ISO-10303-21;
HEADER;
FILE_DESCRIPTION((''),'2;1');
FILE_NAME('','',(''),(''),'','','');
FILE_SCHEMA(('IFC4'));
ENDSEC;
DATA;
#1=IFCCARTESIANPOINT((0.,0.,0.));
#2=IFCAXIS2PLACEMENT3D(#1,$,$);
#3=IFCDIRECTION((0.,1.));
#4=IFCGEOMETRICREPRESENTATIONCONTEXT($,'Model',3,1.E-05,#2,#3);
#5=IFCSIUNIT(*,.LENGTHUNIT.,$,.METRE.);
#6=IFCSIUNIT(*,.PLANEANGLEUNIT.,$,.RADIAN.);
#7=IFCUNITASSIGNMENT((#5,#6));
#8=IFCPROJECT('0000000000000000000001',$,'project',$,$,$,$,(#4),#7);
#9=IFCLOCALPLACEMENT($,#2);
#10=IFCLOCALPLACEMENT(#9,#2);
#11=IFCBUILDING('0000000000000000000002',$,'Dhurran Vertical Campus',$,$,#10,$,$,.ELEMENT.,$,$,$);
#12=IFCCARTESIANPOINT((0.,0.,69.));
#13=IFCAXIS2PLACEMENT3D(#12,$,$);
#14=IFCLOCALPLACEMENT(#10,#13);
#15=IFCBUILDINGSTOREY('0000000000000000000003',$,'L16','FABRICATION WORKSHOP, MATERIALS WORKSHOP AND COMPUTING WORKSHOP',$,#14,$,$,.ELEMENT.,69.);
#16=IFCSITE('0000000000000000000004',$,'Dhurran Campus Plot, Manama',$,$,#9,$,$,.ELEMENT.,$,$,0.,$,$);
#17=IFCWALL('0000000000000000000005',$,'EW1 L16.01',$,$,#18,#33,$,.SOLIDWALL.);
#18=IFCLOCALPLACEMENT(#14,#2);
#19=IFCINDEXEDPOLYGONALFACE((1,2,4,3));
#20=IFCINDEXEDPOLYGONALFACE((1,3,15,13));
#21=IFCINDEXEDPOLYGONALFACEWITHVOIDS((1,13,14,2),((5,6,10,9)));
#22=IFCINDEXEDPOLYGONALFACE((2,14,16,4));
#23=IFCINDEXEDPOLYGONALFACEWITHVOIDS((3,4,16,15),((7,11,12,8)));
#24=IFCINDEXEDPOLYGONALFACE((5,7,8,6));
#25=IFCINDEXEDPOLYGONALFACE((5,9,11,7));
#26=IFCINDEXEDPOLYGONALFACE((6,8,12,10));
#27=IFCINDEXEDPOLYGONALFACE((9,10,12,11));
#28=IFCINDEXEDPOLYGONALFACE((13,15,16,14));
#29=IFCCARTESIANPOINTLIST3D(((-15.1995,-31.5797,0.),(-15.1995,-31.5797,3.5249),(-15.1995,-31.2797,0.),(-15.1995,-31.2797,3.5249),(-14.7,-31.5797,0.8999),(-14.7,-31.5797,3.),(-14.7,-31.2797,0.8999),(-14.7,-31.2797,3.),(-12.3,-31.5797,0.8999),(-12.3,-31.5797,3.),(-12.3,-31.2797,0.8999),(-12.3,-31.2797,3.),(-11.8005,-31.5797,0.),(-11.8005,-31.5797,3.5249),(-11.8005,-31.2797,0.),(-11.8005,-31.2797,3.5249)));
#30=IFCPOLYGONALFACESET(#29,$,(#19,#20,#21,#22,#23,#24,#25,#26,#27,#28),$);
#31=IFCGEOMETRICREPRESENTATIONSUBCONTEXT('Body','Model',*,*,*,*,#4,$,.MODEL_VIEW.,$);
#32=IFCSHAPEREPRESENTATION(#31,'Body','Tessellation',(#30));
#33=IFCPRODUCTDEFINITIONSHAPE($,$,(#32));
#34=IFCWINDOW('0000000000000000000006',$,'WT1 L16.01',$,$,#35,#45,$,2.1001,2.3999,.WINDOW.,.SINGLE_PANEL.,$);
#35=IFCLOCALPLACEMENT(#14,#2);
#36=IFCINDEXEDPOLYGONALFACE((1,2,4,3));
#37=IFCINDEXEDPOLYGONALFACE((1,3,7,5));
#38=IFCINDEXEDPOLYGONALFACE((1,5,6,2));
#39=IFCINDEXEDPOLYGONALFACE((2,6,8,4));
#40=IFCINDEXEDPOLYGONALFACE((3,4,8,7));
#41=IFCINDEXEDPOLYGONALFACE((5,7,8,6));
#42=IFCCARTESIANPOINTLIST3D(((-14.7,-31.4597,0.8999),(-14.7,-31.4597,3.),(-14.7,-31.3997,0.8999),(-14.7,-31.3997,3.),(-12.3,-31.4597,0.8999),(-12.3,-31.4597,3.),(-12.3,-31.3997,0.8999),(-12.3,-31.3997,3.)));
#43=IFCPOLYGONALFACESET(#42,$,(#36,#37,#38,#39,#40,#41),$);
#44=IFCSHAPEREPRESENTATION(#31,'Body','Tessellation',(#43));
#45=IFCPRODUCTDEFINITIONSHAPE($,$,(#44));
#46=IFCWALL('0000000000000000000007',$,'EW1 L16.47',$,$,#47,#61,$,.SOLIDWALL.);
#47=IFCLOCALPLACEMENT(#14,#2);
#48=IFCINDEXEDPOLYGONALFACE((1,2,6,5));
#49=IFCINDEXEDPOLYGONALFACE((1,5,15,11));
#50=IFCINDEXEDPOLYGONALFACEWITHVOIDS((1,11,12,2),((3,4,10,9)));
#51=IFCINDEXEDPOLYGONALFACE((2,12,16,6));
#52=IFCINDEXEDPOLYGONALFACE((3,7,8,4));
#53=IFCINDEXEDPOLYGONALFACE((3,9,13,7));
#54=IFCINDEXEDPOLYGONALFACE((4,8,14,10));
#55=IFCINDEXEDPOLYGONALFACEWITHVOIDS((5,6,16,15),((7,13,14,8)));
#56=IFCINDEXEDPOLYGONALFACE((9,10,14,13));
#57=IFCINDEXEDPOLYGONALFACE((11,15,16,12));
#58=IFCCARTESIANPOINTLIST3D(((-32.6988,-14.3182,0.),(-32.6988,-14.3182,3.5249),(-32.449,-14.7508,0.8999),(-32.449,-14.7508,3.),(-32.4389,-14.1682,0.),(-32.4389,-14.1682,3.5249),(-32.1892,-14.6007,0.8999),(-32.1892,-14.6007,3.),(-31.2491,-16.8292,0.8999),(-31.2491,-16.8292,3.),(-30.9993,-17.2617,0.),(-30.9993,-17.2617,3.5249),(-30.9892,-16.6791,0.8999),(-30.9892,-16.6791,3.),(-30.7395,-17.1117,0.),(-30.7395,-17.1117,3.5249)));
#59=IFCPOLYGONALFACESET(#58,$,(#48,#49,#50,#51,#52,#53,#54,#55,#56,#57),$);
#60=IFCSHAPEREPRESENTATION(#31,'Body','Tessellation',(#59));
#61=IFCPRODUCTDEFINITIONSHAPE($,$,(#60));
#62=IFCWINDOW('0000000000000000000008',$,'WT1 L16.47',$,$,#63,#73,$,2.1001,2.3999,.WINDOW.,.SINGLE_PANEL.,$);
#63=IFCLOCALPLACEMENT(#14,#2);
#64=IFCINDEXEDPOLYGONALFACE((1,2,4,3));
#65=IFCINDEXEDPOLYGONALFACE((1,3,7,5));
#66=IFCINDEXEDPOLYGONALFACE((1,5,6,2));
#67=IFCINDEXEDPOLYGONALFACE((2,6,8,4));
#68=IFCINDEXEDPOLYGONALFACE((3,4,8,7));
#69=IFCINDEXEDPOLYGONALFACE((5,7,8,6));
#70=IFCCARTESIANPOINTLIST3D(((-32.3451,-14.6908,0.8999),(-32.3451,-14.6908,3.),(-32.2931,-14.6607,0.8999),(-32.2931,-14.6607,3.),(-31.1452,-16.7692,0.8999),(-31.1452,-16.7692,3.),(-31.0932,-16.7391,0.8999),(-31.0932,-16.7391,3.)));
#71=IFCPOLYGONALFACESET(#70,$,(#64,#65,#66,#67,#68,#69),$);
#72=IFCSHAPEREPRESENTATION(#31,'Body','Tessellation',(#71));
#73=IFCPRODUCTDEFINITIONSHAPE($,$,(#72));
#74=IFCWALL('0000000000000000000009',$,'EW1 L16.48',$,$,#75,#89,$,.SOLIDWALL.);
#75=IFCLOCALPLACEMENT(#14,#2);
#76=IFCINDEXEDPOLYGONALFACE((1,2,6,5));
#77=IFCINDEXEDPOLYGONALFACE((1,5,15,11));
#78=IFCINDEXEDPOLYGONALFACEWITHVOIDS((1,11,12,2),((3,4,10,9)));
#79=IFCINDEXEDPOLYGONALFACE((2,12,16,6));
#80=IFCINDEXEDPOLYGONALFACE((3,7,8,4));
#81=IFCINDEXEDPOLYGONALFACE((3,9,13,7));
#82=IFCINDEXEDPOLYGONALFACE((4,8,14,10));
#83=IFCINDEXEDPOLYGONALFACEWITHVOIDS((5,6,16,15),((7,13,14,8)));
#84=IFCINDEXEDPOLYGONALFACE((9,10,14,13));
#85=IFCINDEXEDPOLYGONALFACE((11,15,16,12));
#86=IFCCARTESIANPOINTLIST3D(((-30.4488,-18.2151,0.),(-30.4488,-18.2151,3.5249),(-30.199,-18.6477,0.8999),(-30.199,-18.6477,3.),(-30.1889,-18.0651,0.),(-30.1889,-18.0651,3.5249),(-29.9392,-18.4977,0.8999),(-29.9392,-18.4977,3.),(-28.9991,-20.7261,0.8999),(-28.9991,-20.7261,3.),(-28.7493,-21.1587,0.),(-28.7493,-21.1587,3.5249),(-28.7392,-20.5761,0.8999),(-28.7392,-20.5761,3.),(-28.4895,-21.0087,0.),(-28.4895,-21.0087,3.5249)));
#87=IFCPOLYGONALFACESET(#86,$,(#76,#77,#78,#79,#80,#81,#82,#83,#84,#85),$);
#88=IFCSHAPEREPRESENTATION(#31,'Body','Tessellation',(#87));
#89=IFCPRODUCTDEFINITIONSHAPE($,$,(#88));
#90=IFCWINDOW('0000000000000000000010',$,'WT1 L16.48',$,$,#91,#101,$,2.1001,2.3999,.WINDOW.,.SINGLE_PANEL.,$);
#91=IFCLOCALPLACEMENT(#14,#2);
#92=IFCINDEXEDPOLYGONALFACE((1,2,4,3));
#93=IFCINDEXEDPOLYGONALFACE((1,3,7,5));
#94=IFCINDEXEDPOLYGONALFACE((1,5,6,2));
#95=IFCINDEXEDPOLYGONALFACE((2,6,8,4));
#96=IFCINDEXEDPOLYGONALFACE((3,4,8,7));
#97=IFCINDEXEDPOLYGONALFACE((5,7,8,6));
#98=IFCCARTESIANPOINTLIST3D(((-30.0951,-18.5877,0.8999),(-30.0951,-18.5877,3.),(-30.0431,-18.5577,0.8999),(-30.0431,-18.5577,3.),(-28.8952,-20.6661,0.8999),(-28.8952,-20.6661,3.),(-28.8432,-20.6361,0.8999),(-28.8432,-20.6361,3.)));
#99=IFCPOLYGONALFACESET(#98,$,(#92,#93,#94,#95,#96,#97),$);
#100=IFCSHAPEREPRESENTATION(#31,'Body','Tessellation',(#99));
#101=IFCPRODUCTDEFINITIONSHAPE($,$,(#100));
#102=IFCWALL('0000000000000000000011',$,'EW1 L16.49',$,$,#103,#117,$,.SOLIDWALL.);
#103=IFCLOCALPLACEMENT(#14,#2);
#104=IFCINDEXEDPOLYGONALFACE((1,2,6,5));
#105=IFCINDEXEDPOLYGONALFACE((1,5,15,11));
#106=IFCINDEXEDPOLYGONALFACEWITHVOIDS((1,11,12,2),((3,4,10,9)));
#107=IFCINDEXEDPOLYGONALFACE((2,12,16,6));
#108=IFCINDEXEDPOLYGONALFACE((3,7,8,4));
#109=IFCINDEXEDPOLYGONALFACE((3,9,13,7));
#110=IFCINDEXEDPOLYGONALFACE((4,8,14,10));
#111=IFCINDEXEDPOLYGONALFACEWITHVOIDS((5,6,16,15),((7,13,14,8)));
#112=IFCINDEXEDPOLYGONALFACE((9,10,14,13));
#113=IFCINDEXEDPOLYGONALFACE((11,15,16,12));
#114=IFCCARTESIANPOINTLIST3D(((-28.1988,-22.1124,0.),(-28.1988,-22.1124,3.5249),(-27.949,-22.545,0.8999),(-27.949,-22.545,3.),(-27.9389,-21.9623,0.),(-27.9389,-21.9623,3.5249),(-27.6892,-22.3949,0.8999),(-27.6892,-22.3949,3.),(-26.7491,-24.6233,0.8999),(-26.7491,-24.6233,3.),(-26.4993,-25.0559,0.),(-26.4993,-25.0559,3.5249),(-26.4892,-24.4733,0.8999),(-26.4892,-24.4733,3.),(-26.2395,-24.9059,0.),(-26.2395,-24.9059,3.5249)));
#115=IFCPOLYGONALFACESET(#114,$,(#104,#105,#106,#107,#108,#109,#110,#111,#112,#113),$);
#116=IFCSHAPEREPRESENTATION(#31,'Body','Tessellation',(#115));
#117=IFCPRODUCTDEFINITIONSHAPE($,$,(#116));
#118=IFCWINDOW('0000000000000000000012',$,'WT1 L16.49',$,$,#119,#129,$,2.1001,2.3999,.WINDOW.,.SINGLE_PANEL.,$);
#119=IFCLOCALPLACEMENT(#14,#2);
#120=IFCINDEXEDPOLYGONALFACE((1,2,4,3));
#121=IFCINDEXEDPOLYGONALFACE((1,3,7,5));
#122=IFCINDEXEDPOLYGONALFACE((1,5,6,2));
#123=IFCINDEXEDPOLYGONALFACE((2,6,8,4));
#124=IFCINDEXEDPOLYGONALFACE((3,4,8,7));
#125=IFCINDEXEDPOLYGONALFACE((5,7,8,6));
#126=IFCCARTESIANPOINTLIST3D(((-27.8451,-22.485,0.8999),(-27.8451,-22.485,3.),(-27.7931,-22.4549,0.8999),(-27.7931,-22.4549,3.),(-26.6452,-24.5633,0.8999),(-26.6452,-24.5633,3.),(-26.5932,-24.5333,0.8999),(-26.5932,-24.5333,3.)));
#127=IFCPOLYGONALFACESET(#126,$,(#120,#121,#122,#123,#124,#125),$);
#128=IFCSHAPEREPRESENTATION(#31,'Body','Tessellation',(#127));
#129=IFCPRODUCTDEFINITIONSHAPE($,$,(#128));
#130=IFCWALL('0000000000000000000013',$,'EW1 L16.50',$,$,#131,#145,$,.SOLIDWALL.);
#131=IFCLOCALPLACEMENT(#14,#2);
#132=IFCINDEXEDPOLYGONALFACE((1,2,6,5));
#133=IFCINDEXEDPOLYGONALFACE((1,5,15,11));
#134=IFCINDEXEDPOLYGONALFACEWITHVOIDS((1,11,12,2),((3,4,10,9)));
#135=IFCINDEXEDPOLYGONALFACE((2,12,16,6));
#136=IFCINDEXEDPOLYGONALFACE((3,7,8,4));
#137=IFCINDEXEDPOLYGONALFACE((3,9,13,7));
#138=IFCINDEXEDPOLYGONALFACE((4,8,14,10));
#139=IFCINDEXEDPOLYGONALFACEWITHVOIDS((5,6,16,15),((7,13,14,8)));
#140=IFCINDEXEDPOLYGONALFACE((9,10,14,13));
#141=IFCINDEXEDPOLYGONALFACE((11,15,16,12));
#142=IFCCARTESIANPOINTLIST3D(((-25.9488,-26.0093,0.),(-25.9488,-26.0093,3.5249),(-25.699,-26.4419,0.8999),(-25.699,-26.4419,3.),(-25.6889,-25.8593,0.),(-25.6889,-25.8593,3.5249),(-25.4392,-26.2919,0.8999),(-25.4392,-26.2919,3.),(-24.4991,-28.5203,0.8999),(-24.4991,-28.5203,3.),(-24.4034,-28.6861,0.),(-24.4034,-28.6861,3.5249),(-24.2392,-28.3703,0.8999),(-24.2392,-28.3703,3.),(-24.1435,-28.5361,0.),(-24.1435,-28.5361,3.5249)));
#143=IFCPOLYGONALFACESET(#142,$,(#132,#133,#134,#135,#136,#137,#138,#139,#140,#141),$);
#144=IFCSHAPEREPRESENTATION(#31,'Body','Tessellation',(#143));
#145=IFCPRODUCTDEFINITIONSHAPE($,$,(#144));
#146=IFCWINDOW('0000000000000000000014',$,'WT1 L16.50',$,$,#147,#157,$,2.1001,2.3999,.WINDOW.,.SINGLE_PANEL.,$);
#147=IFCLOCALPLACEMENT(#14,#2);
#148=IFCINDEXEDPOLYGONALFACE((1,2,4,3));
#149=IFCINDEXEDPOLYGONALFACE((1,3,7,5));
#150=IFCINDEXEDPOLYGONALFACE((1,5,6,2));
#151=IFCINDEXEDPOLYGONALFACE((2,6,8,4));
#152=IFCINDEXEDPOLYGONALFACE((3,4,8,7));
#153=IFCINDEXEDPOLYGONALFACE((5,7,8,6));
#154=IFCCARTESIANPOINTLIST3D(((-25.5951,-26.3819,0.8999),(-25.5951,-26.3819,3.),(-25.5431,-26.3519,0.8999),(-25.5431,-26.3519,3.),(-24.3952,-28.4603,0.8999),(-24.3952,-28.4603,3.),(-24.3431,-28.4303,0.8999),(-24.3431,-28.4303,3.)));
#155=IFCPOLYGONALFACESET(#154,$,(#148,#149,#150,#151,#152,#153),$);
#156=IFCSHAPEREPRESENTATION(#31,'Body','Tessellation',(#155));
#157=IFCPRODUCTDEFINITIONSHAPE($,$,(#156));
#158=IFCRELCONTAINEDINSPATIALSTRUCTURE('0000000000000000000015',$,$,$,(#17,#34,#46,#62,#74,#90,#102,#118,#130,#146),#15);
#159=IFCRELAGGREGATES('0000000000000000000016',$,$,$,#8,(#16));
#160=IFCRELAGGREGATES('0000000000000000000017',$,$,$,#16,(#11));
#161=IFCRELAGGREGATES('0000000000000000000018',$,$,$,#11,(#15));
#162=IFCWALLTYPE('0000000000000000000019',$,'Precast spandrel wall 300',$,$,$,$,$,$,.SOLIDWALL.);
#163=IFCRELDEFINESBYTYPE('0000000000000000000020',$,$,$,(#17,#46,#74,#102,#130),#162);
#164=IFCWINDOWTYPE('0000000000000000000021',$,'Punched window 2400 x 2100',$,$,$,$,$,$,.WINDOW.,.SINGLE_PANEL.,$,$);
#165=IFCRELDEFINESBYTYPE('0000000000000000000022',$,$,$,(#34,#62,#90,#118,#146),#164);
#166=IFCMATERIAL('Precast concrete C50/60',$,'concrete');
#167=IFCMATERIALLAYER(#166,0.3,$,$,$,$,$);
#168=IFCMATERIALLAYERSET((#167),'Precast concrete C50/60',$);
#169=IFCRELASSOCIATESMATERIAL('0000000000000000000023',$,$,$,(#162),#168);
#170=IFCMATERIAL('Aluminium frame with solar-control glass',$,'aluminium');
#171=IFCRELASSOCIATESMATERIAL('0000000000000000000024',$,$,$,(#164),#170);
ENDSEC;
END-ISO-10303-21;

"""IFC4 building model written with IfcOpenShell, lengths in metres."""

from ifc_helpers import new_model, si_unit, direction, frame, frame_2d, origin, place, context, subcontext, project, spatial, rectangle, extrude, material, layer, layer_set, type_object, element, fill, save


model = new_model("IFC4")

# Units and contexts
model_context = context("Model", 3, precision=1e-05, world=origin(), true_north=direction((0.0, 1.0)))
body_context = subcontext(model_context, "Body", "Model", "MODEL_VIEW")
ifc_project = project(units=[si_unit("LENGTHUNIT", "METRE"), si_unit("PLANEANGLEUNIT", "RADIAN")], contexts=[model_context])

# Site, building, storey
site_placement = place(None, origin())
site = spatial("IfcSite", under=ifc_project, at=site_placement, Name="Dhurran Campus Plot, Manama", CompositionType="ELEMENT", RefElevation=0.0)
building_placement = place(site_placement, origin())
building = spatial("IfcBuilding", under=site, at=building_placement, Name="Dhurran Vertical Campus", CompositionType="ELEMENT")
storey_placement = place(building_placement, frame((0.0, 0.0, 69.0)))
storey = spatial("IfcBuildingStorey", under=building, at=storey_placement, Name="L16", Description="FABRICATION WORKSHOP, MATERIALS WORKSHOP AND COMPUTING WORKSHOP", CompositionType="ELEMENT", Elevation=69.0)

# Walls, openings, windows
ifc_material_1 = material(Name="Precast concrete C50/60", Category="concrete")
ifc_layer_1 = layer(ifc_material_1, 0.3)
ifc_layer_set_1 = layer_set([ifc_layer_1], Name="Precast concrete C50/60")
wall_type_1 = type_object("IfcWallType", Name="Precast spandrel wall 300", PredefinedType="SOLIDWALL", material=ifc_layer_set_1)
ifc_material_2 = material(Name="Aluminium frame with solar-control glass", Category="aluminium")
window_type = type_object("IfcWindowType", Name="Punched window 2400 x 2100", PartitioningType="SINGLE_PANEL", PredefinedType="WINDOW", material=ifc_material_2)
wall_1_placement = place(storey_placement, frame((-15.1995, -31.4297, 0.0), z_axis=(0.0, 0.0, 1.0), x_axis=(1.0, 0.0, 0.0)))
wall_1 = element("IfcWall", 1, at=wall_1_placement, inside=storey, type_object=wall_type_1, Name="EW1 L16.01", PredefinedType="SOLIDWALL", context=body_context, shape_type="SweptSolid", body=[
    extrude(rectangle(XDim=3.3989, YDim=0.3, at=frame_2d((1.6995, 0.0))), origin(), (0.0, 0.0, 1.0), 3.5249),
])
opening_1_placement = place(wall_1_placement, frame((0.4995, 0.0, 0.8999)))
opening_1 = element("IfcOpeningElement", 2, at=opening_1_placement, cuts=wall_1, PredefinedType="OPENING", context=body_context, shape_type="SweptSolid", body=[
    extrude(rectangle(XDim=2.3999, YDim=2.1001, at=frame_2d((1.2, 1.05))), frame((0.0, 0.1599, 0.0), z_axis=(0.0, -1.0, 0.0), x_axis=(1.0, 0.0, 0.0)), (0.0, 0.0, 1.0), 0.3201),
])
window_1_placement = place(opening_1_placement, origin())
window_1 = element("IfcWindow", 3, at=window_1_placement, inside=storey, type_object=window_type, Name="WT1 L16.01", OverallHeight=2.1001, OverallWidth=2.3999, PartitioningType="SINGLE_PANEL", PredefinedType="WINDOW", context=body_context, shape_type="SweptSolid", body=[
    extrude(rectangle(XDim=2.3999, YDim=2.1001, at=frame_2d((1.2, 1.05))), frame((0.0, 0.03, 0.0), z_axis=(0.0, -1.0, 0.0), x_axis=(1.0, 0.0, 0.0)), (0.0, 0.0, 1.0), 0.0601),
])
fill(opening_1, window_1)
wall_2_placement = place(storey_placement, frame((-32.5688, -14.2432, 0.0), z_axis=(0.0, 0.0, 1.0), x_axis=(0.499994, -0.866029, 0.0)))
wall_2 = element("IfcWall", 4, at=wall_2_placement, inside=storey, type_object=wall_type_1, Name="EW1 L16.47", PredefinedType="SOLIDWALL", context=body_context, shape_type="SweptSolid", body=[
    extrude(rectangle(XDim=3.3989, YDim=0.3, at=frame_2d((1.6995, 0.0))), origin(), (0.0, 0.0, 1.0), 3.5249),
])
opening_2_placement = place(wall_2_placement, frame((0.4995, 0.0, 0.8999)))
opening_2 = element("IfcOpeningElement", 5, at=opening_2_placement, cuts=wall_2, PredefinedType="OPENING", context=body_context, shape_type="SweptSolid", body=[
    extrude(rectangle(XDim=2.3999, YDim=2.1001, at=frame_2d((1.2, 1.05))), frame((0.0, 0.1599, 0.0), z_axis=(0.0, -1.0, 0.0), x_axis=(1.0, 0.0, 0.0)), (0.0, 0.0, 1.0), 0.3201),
])
window_2_placement = place(opening_2_placement, origin())
window_2 = element("IfcWindow", 6, at=window_2_placement, inside=storey, type_object=window_type, Name="WT1 L16.47", OverallHeight=2.1001, OverallWidth=2.3999, PartitioningType="SINGLE_PANEL", PredefinedType="WINDOW", context=body_context, shape_type="SweptSolid", body=[
    extrude(rectangle(XDim=2.3999, YDim=2.1001, at=frame_2d((1.2, 1.05))), frame((0.0, 0.03, 0.0), z_axis=(0.0, -1.0, 0.0), x_axis=(1.0, 0.0, 0.0)), (0.0, 0.0, 1.0), 0.0601),
])
fill(opening_2, window_2)
wall_3_placement = place(storey_placement, frame((-30.3188, -18.1401, 0.0), z_axis=(0.0, 0.0, 1.0), x_axis=(0.499994, -0.866029, 0.0)))
wall_3 = element("IfcWall", 7, at=wall_3_placement, inside=storey, type_object=wall_type_1, Name="EW1 L16.48", PredefinedType="SOLIDWALL", context=body_context, shape_type="SweptSolid", body=[
    extrude(rectangle(XDim=3.3989, YDim=0.3, at=frame_2d((1.6995, 0.0))), origin(), (0.0, 0.0, 1.0), 3.5249),
])
opening_3_placement = place(wall_3_placement, frame((0.4995, 0.0, 0.8999)))
opening_3 = element("IfcOpeningElement", 8, at=opening_3_placement, cuts=wall_3, PredefinedType="OPENING", context=body_context, shape_type="SweptSolid", body=[
    extrude(rectangle(XDim=2.3999, YDim=2.1001, at=frame_2d((1.2, 1.05))), frame((0.0, 0.1599, 0.0), z_axis=(0.0, -1.0, 0.0), x_axis=(1.0, 0.0, 0.0)), (0.0, 0.0, 1.0), 0.3201),
])
window_3_placement = place(opening_3_placement, origin())
window_3 = element("IfcWindow", 9, at=window_3_placement, inside=storey, type_object=window_type, Name="WT1 L16.48", OverallHeight=2.1001, OverallWidth=2.3999, PartitioningType="SINGLE_PANEL", PredefinedType="WINDOW", context=body_context, shape_type="SweptSolid", body=[
    extrude(rectangle(XDim=2.3999, YDim=2.1001, at=frame_2d((1.2, 1.05))), frame((0.0, 0.03, 0.0), z_axis=(0.0, -1.0, 0.0), x_axis=(1.0, 0.0, 0.0)), (0.0, 0.0, 1.0), 0.0601),
])
fill(opening_3, window_3)
wall_4_placement = place(storey_placement, frame((-28.0688, -22.0374, 0.0), z_axis=(0.0, 0.0, 1.0), x_axis=(0.499994, -0.866029, 0.0)))
wall_4 = element("IfcWall", 10, at=wall_4_placement, inside=storey, type_object=wall_type_1, Name="EW1 L16.49", PredefinedType="SOLIDWALL", context=body_context, shape_type="SweptSolid", body=[
    extrude(rectangle(XDim=3.3989, YDim=0.3, at=frame_2d((1.6995, 0.0))), origin(), (0.0, 0.0, 1.0), 3.5249),
])
opening_4_placement = place(wall_4_placement, frame((0.4995, 0.0, 0.8999)))
opening_4 = element("IfcOpeningElement", 11, at=opening_4_placement, cuts=wall_4, PredefinedType="OPENING", context=body_context, shape_type="SweptSolid", body=[
    extrude(rectangle(XDim=2.3999, YDim=2.1001, at=frame_2d((1.2, 1.05))), frame((0.0, 0.1599, 0.0), z_axis=(0.0, -1.0, 0.0), x_axis=(1.0, 0.0, 0.0)), (0.0, 0.0, 1.0), 0.3201),
])
window_4_placement = place(opening_4_placement, origin())
window_4 = element("IfcWindow", 12, at=window_4_placement, inside=storey, type_object=window_type, Name="WT1 L16.49", OverallHeight=2.1001, OverallWidth=2.3999, PartitioningType="SINGLE_PANEL", PredefinedType="WINDOW", context=body_context, shape_type="SweptSolid", body=[
    extrude(rectangle(XDim=2.3999, YDim=2.1001, at=frame_2d((1.2, 1.05))), frame((0.0, 0.03, 0.0), z_axis=(0.0, -1.0, 0.0), x_axis=(1.0, 0.0, 0.0)), (0.0, 0.0, 1.0), 0.0601),
])
fill(opening_4, window_4)
wall_5_placement = place(storey_placement, frame((-25.8188, -25.9343, 0.0), z_axis=(0.0, 0.0, 1.0), x_axis=(0.499996, -0.866028, 0.0)))
wall_5 = element("IfcWall", 13, at=wall_5_placement, inside=storey, type_object=wall_type_1, Name="EW1 L16.50", PredefinedType="SOLIDWALL", context=body_context, shape_type="SweptSolid", body=[
    extrude(rectangle(XDim=3.0908, YDim=0.3, at=frame_2d((1.5454, 0.0))), origin(), (0.0, 0.0, 1.0), 3.5249),
])
opening_5_placement = place(wall_5_placement, frame((0.4995, 0.0, 0.8999)))
opening_5 = element("IfcOpeningElement", 14, at=opening_5_placement, cuts=wall_5, PredefinedType="OPENING", context=body_context, shape_type="SweptSolid", body=[
    extrude(rectangle(XDim=2.3999, YDim=2.1001, at=frame_2d((1.2, 1.05))), frame((0.0, 0.1599, 0.0), z_axis=(0.0, -1.0, 0.0), x_axis=(1.0, 0.0, 0.0)), (0.0, 0.0, 1.0), 0.3201),
])
window_5_placement = place(opening_5_placement, origin())
window_5 = element("IfcWindow", 15, at=window_5_placement, inside=storey, type_object=window_type, Name="WT1 L16.50", OverallHeight=2.1001, OverallWidth=2.3999, PartitioningType="SINGLE_PANEL", PredefinedType="WINDOW", context=body_context, shape_type="SweptSolid", body=[
    extrude(rectangle(XDim=2.3999, YDim=2.1001, at=frame_2d((1.2, 1.05))), frame((0.0, 0.03, 0.0), z_axis=(0.0, -1.0, 0.0), x_axis=(1.0, 0.0, 0.0)), (0.0, 0.0, 1.0), 0.0601),
])
fill(opening_5, window_5)

save(model, "model.ifc")
